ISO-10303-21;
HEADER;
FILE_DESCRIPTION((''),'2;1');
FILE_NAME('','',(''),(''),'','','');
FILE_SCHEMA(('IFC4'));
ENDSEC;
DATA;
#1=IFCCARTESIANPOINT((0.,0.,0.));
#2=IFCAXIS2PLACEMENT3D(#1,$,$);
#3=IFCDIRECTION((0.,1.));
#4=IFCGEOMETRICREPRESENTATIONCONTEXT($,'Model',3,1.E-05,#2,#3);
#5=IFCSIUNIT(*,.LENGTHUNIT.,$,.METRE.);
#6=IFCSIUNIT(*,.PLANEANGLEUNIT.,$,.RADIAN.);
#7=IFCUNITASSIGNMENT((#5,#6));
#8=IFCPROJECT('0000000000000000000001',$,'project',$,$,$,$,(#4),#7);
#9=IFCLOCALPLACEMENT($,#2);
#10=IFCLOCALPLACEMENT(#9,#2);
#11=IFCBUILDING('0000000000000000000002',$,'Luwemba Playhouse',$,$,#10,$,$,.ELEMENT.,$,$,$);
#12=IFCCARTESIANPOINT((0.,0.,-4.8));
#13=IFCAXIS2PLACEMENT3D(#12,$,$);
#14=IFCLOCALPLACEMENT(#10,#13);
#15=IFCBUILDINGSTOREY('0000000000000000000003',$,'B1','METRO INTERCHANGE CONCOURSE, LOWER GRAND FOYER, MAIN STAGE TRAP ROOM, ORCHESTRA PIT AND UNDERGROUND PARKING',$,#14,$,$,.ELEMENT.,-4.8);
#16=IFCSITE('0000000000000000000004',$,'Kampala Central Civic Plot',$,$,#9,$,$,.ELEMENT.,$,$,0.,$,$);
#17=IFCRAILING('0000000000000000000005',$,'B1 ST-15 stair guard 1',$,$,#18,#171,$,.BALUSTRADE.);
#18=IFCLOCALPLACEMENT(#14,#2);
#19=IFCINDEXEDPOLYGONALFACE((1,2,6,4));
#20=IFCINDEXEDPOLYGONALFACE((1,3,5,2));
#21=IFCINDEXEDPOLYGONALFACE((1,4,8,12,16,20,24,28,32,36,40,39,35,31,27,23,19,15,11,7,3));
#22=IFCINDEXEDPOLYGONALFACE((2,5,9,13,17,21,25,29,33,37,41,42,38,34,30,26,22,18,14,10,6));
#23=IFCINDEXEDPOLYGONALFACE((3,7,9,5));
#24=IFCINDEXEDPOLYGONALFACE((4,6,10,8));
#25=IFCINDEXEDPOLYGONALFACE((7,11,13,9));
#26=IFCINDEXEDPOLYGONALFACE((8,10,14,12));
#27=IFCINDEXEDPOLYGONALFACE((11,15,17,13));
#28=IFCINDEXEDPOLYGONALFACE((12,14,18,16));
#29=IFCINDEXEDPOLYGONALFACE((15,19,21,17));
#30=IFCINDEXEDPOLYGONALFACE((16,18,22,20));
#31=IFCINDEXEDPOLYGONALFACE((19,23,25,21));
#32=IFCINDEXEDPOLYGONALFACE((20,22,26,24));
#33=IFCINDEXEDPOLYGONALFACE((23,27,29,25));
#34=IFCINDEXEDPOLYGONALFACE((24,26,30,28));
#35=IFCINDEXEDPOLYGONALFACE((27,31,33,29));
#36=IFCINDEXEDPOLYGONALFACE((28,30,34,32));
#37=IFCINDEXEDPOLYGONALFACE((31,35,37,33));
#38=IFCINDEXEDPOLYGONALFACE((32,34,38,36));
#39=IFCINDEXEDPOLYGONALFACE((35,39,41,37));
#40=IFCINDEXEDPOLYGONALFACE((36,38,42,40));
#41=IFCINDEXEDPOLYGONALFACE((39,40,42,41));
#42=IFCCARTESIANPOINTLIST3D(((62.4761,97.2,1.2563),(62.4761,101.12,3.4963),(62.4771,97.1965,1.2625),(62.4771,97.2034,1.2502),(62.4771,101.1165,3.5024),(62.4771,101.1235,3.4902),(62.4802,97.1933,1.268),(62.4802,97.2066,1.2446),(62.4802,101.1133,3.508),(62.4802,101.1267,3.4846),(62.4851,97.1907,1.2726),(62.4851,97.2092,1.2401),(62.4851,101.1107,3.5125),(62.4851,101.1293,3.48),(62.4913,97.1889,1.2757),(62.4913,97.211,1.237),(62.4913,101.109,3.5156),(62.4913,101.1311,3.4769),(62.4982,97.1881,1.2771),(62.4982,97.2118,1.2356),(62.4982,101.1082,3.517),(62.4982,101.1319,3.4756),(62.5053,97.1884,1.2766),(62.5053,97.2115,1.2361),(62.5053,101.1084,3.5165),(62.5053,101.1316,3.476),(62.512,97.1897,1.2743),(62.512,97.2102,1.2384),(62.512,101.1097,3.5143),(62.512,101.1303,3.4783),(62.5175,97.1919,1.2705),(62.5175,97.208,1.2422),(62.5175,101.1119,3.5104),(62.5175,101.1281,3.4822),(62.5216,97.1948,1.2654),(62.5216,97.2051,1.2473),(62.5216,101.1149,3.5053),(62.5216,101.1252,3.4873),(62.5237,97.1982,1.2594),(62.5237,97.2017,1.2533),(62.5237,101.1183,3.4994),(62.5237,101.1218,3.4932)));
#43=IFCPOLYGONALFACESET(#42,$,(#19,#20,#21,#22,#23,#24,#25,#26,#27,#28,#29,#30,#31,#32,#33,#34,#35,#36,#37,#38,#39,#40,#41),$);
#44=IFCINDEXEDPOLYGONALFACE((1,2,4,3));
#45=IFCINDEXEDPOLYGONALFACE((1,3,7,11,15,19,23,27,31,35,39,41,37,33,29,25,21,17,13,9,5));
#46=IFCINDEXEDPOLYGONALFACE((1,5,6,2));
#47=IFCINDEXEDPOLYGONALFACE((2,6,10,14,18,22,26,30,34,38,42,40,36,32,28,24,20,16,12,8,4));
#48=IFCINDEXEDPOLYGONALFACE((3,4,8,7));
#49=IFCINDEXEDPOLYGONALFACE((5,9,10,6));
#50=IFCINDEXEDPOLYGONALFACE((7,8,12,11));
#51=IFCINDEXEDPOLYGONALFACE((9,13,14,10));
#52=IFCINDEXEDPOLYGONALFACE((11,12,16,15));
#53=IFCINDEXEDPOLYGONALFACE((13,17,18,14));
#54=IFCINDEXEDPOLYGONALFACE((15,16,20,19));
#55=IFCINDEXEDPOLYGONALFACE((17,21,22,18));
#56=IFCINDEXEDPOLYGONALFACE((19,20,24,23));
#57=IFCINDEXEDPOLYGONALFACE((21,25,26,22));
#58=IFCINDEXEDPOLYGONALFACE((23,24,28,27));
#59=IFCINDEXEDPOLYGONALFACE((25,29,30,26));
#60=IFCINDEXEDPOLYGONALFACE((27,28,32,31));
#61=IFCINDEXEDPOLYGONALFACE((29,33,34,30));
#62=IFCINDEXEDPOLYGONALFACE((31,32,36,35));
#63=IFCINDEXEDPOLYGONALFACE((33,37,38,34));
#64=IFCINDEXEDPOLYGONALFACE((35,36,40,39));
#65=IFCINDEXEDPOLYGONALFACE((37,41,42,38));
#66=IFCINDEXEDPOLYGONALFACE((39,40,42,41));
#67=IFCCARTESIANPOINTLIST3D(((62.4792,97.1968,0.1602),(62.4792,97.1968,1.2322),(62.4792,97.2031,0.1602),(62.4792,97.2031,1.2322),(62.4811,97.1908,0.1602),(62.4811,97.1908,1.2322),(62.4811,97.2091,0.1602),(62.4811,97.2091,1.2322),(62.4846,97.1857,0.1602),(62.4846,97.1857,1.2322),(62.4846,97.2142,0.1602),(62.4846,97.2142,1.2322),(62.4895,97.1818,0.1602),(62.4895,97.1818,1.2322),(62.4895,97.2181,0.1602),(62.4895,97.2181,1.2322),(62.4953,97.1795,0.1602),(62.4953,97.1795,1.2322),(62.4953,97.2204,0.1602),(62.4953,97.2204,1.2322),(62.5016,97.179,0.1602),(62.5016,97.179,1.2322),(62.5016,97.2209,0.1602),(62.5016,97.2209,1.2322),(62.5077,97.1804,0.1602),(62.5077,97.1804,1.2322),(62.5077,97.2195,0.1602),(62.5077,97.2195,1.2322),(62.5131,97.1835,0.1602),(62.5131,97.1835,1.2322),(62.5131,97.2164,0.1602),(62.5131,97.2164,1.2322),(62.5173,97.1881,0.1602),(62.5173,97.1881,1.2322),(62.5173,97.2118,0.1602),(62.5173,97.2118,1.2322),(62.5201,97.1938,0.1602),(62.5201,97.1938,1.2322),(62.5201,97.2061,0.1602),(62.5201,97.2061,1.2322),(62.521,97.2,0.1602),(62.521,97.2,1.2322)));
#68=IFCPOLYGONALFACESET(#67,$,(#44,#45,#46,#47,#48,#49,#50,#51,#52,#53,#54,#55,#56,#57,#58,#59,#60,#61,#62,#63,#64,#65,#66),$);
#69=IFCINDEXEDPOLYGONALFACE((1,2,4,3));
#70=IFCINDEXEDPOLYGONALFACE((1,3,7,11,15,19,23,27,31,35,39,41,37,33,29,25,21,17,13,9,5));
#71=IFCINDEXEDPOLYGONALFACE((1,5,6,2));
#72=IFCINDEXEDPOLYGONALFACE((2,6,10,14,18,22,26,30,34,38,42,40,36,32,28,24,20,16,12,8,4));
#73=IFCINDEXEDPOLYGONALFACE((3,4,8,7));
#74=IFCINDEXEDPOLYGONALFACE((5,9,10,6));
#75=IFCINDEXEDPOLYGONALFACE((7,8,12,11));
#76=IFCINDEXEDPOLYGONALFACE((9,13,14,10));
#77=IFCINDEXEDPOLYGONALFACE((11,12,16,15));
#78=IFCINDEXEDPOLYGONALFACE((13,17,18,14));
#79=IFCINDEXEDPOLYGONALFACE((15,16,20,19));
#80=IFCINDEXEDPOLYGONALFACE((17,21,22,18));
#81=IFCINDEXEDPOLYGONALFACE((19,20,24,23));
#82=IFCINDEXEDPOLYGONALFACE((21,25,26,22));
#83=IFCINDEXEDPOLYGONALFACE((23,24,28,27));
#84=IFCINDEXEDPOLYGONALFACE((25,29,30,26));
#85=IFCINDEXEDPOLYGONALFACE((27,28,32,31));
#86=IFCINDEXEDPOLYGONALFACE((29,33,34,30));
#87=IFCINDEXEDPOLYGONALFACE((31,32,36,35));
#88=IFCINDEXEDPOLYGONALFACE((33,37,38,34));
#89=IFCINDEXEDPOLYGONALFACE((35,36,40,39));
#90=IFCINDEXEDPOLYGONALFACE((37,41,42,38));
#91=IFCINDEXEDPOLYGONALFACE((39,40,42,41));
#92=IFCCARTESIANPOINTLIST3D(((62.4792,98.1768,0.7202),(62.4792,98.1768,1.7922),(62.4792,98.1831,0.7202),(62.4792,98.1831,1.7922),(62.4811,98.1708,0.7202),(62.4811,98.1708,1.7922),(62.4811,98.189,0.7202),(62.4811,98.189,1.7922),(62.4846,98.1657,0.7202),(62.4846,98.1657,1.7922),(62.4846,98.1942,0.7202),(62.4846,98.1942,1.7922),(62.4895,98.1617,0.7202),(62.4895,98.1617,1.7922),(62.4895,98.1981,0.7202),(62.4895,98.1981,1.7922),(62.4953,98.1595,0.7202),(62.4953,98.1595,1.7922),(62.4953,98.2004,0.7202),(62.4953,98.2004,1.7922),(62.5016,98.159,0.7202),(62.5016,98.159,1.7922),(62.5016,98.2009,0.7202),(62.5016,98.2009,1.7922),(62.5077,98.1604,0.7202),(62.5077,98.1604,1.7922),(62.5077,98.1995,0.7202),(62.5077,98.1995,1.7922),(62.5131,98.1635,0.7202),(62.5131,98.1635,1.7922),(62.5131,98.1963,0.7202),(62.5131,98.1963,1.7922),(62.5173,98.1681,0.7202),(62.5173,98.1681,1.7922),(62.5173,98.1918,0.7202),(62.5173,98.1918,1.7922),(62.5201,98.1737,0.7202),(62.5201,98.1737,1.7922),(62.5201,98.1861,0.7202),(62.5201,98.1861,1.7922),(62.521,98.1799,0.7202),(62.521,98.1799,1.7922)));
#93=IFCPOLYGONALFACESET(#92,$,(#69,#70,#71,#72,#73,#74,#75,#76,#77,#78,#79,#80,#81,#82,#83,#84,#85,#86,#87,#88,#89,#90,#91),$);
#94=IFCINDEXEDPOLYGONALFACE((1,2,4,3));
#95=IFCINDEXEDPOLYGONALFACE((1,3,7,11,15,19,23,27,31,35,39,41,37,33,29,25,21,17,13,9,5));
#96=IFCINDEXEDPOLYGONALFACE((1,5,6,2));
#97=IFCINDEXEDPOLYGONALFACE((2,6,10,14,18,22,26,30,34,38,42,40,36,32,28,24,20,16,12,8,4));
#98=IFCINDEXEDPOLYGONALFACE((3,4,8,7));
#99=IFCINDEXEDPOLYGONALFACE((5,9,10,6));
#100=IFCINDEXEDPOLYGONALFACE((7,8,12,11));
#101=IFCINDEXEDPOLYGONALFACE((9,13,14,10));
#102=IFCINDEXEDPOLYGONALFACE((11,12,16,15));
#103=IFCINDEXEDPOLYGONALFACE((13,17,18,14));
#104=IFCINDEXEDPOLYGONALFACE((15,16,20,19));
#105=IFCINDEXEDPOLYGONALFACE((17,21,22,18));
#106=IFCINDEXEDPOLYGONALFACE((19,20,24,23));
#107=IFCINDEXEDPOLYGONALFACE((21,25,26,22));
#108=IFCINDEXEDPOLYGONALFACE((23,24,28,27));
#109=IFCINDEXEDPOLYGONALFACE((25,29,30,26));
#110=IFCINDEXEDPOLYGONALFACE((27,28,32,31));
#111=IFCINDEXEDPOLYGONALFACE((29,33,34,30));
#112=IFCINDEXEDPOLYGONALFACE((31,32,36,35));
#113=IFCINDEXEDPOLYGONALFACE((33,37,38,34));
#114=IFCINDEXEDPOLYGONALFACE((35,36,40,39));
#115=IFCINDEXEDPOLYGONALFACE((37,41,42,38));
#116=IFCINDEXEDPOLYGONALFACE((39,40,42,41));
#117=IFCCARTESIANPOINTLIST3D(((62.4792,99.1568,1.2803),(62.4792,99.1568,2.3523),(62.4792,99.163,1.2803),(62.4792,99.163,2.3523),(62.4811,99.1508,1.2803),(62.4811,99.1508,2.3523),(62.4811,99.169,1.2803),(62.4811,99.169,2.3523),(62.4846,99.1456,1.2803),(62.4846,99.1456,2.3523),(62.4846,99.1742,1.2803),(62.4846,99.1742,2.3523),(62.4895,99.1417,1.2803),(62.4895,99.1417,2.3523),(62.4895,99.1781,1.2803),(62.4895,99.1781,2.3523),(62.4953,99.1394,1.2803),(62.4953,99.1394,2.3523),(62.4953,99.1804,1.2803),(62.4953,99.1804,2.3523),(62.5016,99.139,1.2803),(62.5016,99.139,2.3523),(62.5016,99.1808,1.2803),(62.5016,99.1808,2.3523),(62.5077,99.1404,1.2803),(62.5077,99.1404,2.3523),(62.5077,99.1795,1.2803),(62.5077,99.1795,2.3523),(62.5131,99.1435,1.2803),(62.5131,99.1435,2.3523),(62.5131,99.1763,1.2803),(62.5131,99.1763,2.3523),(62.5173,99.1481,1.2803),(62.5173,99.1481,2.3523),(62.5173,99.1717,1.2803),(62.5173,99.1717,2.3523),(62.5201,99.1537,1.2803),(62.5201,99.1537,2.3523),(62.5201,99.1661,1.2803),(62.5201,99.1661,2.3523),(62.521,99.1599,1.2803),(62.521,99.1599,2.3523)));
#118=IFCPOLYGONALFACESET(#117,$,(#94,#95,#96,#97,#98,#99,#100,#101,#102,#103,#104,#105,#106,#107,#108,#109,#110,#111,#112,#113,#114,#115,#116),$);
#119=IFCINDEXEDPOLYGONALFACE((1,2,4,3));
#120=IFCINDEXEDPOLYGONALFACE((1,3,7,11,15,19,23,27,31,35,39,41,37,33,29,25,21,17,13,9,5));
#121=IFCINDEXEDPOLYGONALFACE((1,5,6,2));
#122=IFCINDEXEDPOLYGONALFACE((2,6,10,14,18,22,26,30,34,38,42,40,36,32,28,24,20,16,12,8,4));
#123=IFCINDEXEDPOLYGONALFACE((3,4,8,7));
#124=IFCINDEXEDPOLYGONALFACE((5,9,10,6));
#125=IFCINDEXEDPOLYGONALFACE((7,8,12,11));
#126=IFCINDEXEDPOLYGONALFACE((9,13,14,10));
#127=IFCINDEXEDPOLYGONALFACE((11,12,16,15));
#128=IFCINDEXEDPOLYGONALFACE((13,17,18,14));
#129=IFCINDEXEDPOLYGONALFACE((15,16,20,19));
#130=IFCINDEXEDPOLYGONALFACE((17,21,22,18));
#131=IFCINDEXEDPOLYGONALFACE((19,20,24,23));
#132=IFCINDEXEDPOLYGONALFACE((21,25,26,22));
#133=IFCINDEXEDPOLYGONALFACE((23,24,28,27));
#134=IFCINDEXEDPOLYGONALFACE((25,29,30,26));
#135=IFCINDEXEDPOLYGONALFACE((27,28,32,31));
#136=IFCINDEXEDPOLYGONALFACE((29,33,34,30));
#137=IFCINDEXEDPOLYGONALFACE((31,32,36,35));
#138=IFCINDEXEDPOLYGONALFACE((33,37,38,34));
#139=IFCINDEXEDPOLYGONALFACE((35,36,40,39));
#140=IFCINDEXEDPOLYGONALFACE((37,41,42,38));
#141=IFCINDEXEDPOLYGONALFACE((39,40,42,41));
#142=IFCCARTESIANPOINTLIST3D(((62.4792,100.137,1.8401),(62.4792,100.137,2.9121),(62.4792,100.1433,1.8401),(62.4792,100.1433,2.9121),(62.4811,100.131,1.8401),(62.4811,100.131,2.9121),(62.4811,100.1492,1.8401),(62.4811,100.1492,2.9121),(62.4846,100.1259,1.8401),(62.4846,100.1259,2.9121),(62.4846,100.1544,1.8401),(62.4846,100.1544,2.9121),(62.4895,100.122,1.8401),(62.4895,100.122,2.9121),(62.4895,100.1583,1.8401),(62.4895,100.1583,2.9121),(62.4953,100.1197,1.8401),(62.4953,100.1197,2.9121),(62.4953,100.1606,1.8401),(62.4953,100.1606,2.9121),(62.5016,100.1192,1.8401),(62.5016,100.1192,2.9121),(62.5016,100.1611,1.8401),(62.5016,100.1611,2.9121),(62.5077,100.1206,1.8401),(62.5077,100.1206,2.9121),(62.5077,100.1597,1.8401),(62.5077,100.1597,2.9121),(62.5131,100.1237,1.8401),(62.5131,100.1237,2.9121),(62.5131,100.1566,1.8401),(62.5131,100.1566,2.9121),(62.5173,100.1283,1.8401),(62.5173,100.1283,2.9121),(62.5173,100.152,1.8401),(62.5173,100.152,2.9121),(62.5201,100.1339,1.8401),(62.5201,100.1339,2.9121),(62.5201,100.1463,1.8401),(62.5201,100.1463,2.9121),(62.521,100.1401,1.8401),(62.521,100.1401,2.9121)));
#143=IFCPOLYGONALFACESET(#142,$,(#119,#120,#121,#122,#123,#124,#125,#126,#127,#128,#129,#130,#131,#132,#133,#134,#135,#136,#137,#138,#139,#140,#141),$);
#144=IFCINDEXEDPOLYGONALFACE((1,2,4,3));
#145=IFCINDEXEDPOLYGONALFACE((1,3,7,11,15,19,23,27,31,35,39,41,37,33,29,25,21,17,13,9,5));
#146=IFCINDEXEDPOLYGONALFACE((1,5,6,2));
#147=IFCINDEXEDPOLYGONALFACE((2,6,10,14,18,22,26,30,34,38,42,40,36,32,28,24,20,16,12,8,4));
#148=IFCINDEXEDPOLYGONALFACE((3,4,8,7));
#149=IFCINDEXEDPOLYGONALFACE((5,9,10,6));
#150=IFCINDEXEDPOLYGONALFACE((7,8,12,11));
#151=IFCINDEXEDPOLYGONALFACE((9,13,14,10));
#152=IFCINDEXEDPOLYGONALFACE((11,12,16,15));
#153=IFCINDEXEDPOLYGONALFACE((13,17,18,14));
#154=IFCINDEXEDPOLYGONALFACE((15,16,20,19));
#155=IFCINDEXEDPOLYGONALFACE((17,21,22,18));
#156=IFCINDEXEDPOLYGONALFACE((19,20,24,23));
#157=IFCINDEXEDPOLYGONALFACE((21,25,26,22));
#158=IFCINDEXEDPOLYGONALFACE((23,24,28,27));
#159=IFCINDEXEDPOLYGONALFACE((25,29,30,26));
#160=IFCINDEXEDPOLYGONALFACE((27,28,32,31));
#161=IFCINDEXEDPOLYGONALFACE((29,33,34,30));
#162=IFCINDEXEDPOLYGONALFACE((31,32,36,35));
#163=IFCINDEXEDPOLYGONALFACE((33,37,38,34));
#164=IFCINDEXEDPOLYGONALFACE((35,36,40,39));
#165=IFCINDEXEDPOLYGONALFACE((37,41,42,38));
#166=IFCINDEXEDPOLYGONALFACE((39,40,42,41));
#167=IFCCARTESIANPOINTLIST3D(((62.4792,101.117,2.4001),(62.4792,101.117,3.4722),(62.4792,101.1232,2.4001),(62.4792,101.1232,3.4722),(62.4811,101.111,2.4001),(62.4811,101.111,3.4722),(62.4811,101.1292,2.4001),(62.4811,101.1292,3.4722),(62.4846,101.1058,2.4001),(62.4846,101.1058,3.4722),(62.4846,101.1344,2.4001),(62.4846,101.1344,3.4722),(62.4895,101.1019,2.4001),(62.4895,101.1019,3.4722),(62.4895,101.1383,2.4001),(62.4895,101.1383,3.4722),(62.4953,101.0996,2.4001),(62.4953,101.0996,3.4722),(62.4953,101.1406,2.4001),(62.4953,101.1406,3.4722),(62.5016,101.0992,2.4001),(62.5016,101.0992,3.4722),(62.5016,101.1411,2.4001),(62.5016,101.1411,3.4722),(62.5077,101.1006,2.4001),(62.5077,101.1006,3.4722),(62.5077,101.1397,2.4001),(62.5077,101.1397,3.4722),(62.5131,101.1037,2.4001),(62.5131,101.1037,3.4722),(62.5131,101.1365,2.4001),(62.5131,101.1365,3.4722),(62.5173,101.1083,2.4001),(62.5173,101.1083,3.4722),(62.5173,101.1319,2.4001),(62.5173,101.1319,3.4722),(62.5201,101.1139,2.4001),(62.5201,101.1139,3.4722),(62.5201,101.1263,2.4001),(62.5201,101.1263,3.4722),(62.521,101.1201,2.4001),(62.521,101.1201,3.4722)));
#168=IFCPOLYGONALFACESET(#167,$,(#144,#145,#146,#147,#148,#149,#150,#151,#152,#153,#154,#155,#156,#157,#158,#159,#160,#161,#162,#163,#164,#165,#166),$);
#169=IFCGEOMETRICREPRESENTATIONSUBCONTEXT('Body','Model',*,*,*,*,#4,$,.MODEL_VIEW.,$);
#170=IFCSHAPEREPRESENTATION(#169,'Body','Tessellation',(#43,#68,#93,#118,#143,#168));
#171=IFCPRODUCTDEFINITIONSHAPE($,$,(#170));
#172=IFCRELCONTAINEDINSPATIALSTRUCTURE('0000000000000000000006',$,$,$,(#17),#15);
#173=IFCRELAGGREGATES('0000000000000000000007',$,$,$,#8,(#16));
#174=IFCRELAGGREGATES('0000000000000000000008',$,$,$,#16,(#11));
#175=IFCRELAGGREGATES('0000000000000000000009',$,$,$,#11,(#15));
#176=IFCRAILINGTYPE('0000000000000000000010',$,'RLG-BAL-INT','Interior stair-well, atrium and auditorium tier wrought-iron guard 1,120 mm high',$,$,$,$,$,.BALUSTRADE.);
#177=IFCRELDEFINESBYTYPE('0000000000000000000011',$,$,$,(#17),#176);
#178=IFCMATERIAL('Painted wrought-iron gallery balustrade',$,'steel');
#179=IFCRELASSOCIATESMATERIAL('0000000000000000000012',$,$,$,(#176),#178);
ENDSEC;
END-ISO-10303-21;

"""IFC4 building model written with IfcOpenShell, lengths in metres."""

from ifc_helpers import new_model, si_unit, direction, frame, origin, origin_2d, place, context, subcontext, project, spatial, circle, extrude, material, type_object, element, save


model = new_model("IFC4")

# Units and contexts
model_context = context("Model", 3, precision=1e-05, world=origin(), true_north=direction((0.0, 1.0)))
body_context = subcontext(model_context, "Body", "Model", "MODEL_VIEW")
ifc_project = project(units=[si_unit("LENGTHUNIT", "METRE"), si_unit("PLANEANGLEUNIT", "RADIAN")], contexts=[model_context])

# Site, building, storey
site_placement = place(None, origin())
site = spatial("IfcSite", under=ifc_project, at=site_placement, Name="Kampala Central Civic Plot", CompositionType="ELEMENT", RefElevation=0.0)
building_placement = place(site_placement, origin())
building = spatial("IfcBuilding", under=site, at=building_placement, Name="Luwemba Playhouse", CompositionType="ELEMENT")
storey_placement = place(building_placement, frame((0.0, 0.0, -4.8)))
storey = spatial("IfcBuildingStorey", under=building, at=storey_placement, Name="B1", Description="METRO INTERCHANGE CONCOURSE, LOWER GRAND FOYER, MAIN STAGE TRAP ROOM, ORCHESTRA PIT AND UNDERGROUND PARKING", CompositionType="ELEMENT", Elevation=-4.8)

# Railing
ifc_material_1 = material(Name="Painted wrought-iron gallery balustrade", Category="steel")
railing_type_1 = type_object("IfcRailingType", Name="RLG-BAL-INT", Description="Interior stair-well, atrium and auditorium tier wrought-iron guard 1,120 mm high", PredefinedType="BALUSTRADE", material=ifc_material_1)
railing_1_placement = place(storey_placement, frame((62.5, 97.2, 0.1602)))
element("IfcRailing", 1, at=railing_1_placement, inside=storey, type_object=railing_type_1, Name="B1 ST-15 stair guard 1", PredefinedType="BALUSTRADE", context=body_context, shape_type="SweptSolid", body=[
    extrude(circle(Radius=0.0239, at=origin_2d()), frame((0.0, 0.0, 1.0962), z_axis=(0.0, 0.868253, 0.496121), x_axis=(-1.0, 0.0, 0.0)), (0.0, 0.0, 1.0), 4.5149),
    extrude(circle(Radius=0.021, at=origin_2d()), origin(), (0.0, 0.0, 1.0), 1.072),
    extrude(circle(Radius=0.021, at=origin_2d()), frame((0.0, 0.98, 0.5601)), (0.0, 0.0, 1.0), 1.072),
    extrude(circle(Radius=0.021, at=origin_2d()), frame((0.0, 1.96, 1.1201)), (0.0, 0.0, 1.0), 1.072),
    extrude(circle(Radius=0.021, at=origin_2d()), frame((0.0, 2.9402, 1.6799)), (0.0, 0.0, 1.0), 1.072),
    extrude(circle(Radius=0.021, at=origin_2d()), frame((0.0, 3.9202, 2.24)), (0.0, 0.0, 1.0), 1.072),
])

save(model, "model.ifc")
